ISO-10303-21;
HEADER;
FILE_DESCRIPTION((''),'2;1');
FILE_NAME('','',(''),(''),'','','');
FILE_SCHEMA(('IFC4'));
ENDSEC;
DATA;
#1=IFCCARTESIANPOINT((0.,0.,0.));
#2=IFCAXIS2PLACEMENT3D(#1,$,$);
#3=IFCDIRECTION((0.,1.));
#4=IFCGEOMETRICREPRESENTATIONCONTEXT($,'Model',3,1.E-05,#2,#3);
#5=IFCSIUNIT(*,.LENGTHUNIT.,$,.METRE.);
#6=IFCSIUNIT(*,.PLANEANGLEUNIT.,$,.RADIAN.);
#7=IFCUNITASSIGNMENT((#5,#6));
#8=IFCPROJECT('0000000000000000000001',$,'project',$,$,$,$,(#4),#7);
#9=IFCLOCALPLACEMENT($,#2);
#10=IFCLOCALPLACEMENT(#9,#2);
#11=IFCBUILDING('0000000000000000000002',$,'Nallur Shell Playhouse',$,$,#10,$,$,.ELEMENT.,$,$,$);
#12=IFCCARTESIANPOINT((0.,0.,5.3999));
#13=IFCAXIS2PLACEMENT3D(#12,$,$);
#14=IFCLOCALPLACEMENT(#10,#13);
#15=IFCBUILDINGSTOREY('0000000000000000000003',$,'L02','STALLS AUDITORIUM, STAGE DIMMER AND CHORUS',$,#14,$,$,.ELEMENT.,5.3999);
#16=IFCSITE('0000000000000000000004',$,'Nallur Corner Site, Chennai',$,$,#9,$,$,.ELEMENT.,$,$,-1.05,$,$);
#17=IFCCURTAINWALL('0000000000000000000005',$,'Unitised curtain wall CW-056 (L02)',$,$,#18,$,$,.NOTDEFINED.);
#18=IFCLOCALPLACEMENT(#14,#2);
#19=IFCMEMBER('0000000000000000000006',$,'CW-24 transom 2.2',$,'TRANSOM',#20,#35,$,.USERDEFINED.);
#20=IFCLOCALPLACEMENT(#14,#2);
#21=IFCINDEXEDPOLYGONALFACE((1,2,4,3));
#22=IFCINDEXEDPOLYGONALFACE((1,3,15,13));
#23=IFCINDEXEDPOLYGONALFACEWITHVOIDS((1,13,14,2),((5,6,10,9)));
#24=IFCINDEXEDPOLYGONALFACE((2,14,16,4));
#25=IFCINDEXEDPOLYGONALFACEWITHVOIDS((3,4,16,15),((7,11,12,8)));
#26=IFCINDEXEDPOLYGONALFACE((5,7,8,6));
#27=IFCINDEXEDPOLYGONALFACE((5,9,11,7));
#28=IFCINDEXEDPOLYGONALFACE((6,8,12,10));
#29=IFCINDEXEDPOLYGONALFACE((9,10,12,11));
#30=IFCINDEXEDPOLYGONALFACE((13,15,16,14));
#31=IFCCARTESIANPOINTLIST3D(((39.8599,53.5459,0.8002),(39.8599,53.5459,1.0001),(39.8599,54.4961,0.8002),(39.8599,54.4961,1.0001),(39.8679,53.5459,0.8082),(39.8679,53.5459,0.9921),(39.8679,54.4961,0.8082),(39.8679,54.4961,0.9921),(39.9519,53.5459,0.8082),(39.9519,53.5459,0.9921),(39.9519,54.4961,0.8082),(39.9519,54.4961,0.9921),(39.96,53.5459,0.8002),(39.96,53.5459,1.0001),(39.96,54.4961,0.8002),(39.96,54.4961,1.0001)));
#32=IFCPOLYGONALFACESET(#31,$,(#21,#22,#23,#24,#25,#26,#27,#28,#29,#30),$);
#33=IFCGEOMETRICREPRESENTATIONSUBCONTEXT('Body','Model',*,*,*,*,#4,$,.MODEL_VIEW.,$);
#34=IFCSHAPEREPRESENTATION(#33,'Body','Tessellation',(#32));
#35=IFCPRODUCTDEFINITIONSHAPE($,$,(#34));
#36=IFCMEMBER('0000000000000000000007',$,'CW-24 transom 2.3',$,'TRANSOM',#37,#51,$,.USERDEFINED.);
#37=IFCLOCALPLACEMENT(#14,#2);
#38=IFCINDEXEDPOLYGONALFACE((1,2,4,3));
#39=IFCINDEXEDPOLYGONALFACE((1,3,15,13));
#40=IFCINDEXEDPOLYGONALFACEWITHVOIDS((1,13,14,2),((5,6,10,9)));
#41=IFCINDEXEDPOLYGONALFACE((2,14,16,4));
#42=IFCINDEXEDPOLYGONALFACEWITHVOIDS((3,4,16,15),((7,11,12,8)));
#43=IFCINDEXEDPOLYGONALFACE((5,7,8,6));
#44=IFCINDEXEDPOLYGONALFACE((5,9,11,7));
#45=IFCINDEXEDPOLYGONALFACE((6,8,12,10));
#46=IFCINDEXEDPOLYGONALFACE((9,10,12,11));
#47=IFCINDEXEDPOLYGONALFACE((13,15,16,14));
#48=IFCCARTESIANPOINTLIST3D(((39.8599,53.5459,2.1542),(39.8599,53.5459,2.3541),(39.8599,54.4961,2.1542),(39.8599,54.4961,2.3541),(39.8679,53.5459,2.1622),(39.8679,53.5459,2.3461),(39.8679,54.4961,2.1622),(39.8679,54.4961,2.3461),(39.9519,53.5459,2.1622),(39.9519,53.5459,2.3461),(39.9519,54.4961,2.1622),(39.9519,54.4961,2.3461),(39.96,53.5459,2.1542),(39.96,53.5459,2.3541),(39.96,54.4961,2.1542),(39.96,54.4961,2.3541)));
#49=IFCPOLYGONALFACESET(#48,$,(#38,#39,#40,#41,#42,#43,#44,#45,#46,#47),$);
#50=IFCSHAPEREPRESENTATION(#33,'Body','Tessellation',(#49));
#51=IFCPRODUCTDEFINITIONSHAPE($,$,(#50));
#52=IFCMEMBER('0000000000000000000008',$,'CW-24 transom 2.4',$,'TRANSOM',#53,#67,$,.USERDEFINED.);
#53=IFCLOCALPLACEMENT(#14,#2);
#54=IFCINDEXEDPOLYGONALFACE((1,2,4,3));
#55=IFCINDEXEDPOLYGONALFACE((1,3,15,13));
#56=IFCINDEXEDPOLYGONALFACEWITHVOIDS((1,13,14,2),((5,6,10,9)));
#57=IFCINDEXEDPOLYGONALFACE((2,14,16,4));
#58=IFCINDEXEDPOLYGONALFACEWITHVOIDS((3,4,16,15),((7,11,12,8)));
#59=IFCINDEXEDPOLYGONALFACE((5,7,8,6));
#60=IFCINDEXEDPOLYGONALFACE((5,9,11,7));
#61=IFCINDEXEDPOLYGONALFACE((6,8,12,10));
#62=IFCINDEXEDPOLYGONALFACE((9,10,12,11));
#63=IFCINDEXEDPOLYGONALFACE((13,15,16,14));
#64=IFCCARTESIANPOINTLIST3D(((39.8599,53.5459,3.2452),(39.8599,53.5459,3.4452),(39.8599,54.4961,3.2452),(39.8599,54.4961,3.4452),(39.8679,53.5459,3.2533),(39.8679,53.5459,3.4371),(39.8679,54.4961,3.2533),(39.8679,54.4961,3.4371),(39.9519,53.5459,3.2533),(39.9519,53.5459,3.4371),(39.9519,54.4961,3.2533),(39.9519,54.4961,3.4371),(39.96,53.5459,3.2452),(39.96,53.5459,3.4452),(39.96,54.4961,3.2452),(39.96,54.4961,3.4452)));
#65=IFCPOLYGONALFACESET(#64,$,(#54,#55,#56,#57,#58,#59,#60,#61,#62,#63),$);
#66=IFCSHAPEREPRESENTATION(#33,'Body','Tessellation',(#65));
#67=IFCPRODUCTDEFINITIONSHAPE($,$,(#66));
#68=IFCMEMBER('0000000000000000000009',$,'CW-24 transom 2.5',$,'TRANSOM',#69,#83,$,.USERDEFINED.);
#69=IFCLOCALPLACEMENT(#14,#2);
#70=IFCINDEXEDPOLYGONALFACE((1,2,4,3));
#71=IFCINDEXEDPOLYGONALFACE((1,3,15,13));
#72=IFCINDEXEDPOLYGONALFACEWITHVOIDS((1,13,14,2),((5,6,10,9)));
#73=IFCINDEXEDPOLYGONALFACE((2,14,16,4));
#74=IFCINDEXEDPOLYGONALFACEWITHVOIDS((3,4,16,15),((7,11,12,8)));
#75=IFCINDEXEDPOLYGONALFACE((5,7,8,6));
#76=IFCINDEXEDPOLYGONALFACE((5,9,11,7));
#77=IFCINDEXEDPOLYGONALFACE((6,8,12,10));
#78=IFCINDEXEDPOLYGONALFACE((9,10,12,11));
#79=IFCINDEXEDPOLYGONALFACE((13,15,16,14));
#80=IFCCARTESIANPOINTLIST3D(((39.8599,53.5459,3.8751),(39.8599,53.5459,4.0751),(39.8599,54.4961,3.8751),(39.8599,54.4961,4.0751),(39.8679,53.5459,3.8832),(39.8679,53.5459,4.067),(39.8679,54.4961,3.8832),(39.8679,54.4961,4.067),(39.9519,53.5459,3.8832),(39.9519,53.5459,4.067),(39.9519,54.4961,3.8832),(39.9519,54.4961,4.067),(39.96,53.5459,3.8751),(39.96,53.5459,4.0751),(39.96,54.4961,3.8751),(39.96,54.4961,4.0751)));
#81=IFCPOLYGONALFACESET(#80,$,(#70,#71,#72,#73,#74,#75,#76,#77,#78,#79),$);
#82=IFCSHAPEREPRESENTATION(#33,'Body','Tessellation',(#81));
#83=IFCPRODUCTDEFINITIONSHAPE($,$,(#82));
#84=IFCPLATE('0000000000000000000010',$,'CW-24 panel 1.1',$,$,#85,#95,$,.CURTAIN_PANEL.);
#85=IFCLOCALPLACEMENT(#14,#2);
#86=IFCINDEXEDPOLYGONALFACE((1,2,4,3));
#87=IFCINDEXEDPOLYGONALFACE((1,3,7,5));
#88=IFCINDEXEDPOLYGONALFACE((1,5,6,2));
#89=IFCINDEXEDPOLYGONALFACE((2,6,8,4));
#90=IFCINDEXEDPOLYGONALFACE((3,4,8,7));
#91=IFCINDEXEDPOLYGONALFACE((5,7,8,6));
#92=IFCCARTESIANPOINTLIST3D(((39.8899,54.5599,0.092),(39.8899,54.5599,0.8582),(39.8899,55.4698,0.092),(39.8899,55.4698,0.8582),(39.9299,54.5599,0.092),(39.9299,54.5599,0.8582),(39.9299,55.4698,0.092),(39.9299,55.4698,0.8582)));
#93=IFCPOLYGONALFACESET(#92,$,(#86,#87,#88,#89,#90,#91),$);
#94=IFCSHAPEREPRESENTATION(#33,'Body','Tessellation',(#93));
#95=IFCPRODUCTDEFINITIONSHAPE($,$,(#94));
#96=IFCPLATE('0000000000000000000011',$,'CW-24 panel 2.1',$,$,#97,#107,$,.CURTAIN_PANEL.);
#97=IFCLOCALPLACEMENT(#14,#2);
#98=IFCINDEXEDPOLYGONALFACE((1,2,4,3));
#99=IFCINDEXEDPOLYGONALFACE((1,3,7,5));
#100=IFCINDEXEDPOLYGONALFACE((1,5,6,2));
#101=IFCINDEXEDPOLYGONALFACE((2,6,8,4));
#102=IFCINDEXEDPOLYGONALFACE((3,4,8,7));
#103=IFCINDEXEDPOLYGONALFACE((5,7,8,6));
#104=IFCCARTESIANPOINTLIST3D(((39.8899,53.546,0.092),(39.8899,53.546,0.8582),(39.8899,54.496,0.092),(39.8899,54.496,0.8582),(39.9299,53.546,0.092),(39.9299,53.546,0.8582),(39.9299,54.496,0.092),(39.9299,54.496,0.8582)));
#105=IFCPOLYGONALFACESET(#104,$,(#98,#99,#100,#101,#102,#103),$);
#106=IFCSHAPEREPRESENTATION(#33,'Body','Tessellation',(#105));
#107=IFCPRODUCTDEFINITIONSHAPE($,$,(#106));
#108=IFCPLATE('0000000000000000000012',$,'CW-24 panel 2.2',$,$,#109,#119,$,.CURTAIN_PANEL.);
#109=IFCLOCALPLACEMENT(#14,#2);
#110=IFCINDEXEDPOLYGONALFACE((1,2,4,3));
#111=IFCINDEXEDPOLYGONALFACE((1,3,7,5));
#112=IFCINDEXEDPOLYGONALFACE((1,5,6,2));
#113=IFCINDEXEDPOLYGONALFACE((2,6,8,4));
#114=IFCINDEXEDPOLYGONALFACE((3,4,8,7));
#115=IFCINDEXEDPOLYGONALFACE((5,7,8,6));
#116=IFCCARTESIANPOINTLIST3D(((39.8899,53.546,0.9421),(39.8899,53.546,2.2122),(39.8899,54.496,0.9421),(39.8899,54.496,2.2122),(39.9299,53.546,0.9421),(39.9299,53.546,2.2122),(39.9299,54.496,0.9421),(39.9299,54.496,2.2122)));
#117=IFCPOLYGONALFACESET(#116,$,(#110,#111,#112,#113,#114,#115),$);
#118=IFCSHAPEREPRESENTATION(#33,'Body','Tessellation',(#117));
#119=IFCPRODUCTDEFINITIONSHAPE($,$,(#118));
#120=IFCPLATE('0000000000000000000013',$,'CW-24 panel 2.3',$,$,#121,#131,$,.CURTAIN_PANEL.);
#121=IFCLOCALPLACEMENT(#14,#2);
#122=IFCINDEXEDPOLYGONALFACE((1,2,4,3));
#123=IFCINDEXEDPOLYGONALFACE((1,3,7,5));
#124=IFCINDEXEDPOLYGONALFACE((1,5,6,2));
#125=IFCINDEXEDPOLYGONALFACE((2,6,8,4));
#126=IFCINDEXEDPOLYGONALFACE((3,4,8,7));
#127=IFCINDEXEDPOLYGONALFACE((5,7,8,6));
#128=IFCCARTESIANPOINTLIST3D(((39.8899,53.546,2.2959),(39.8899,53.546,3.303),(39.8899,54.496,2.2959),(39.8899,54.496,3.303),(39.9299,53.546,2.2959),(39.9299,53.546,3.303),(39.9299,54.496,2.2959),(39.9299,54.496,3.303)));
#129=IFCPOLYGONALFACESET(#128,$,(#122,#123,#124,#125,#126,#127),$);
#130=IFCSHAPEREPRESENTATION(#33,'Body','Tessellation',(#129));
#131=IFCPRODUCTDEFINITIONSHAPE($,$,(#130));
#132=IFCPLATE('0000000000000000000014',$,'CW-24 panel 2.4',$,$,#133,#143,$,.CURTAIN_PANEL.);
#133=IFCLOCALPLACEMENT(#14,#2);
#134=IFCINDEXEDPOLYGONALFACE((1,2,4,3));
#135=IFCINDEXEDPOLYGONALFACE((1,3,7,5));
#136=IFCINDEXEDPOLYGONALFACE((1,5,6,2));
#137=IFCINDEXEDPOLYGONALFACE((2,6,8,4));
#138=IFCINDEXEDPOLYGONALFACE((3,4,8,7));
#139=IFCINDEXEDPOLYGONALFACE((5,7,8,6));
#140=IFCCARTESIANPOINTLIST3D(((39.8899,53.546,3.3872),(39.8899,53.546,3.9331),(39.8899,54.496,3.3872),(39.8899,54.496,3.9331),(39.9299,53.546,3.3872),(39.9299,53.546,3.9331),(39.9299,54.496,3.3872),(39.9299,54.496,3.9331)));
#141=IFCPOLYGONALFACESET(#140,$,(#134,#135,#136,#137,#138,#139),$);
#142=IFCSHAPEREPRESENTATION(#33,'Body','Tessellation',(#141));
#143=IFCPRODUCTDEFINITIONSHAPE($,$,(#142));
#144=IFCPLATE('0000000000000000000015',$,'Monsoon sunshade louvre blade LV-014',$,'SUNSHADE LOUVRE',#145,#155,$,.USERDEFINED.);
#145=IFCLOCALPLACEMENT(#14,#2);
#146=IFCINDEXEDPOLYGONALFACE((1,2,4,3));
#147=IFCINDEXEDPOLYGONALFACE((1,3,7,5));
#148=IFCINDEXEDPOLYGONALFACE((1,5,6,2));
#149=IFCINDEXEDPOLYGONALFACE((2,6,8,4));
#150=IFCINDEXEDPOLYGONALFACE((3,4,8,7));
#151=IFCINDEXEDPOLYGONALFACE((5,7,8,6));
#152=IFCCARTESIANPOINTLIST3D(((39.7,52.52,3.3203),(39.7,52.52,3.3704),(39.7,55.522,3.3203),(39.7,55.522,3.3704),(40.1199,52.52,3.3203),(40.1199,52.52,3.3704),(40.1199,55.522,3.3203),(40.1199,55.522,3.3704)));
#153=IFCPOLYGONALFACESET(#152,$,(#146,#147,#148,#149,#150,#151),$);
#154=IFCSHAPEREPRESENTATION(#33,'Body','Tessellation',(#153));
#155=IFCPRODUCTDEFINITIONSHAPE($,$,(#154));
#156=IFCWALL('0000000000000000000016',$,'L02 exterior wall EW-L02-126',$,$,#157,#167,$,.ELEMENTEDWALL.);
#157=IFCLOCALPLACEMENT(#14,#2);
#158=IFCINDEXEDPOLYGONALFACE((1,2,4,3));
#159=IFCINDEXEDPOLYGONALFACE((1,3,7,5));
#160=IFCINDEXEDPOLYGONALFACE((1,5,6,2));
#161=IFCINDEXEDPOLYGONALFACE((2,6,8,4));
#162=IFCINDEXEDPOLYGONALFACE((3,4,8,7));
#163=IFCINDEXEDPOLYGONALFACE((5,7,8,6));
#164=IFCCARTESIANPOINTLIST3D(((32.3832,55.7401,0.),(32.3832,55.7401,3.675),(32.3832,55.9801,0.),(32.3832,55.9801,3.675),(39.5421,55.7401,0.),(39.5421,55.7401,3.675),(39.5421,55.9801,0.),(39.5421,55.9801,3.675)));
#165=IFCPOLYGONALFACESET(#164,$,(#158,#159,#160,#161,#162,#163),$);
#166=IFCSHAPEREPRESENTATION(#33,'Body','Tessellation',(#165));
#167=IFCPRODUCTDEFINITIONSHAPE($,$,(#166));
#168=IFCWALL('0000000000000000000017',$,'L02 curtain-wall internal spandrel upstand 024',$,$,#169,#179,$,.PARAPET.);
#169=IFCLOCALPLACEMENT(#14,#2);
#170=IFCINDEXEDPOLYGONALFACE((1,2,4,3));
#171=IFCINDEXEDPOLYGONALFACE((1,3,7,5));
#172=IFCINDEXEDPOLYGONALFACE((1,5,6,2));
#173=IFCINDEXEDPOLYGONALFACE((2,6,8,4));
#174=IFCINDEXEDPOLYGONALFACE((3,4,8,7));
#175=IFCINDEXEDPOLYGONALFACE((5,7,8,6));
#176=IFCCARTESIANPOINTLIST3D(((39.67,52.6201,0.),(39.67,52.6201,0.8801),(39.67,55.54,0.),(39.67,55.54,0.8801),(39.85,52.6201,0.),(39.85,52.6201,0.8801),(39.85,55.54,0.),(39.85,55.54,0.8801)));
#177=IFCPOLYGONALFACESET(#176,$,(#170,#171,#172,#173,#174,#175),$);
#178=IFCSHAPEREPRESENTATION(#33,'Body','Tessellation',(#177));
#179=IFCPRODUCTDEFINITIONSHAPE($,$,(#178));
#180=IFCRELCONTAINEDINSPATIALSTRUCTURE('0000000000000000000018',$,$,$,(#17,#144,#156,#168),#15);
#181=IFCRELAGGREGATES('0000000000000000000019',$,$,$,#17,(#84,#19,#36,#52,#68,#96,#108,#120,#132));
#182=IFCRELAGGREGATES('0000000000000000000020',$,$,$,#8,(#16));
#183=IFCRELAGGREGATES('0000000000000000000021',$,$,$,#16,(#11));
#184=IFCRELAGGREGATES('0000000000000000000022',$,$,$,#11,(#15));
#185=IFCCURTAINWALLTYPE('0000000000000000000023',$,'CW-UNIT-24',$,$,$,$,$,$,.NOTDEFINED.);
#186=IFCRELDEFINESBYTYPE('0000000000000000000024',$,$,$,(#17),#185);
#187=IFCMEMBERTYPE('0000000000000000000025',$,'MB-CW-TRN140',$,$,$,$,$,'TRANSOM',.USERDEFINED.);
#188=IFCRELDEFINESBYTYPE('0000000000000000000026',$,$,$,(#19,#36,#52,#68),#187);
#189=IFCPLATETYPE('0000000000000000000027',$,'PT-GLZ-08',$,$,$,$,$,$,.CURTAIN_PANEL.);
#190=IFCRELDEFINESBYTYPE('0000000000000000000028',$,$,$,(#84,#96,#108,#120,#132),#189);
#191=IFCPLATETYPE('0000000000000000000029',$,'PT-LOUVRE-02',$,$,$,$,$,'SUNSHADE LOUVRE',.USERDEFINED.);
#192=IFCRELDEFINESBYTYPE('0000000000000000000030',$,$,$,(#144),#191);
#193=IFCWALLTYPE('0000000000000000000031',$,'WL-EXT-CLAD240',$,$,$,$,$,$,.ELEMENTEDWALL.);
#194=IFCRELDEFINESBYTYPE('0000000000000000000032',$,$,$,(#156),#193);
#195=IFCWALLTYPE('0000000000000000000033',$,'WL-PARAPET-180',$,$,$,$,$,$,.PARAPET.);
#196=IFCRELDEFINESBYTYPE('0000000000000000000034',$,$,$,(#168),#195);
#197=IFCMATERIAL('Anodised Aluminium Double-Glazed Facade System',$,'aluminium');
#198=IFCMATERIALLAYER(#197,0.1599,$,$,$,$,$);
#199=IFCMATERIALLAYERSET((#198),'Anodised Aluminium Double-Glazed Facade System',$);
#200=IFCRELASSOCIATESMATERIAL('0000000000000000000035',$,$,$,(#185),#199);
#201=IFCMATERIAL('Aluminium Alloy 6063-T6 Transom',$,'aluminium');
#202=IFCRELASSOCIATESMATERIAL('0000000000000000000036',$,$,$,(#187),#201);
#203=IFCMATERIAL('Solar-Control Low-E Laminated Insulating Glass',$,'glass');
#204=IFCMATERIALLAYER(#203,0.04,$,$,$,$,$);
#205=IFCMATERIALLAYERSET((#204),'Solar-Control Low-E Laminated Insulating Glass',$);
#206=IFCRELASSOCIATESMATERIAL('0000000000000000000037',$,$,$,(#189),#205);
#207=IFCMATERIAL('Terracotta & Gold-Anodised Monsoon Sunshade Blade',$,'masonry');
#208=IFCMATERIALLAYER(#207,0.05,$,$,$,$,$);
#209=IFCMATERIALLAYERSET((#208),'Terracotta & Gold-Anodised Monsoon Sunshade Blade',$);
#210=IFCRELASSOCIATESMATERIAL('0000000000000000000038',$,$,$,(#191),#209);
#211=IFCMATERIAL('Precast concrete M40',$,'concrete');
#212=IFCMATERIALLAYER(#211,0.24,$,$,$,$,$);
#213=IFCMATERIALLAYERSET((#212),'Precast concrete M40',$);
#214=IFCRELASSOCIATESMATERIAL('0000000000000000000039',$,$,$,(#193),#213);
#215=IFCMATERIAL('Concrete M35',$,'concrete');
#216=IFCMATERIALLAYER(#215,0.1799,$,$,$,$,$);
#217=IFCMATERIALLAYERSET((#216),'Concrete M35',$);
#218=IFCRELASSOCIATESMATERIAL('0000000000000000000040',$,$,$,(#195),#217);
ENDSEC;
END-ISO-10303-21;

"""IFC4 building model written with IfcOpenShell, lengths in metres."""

from ifc_helpers import new_model, si_unit, direction, frame, frame_2d, origin, origin_2d, place, context, subcontext, project, spatial, rectangle, hollow_rectangle, extrude, material, layer, layer_set, material_profile, profile_set, type_object, element, aggregate, save


model = new_model("IFC4")

# Units and contexts
model_context = context("Model", 3, precision=1e-05, world=origin(), true_north=direction((0.0, 1.0)))
body_context = subcontext(model_context, "Body", "Model", "MODEL_VIEW")
ifc_project = project(units=[si_unit("LENGTHUNIT", "METRE"), si_unit("PLANEANGLEUNIT", "RADIAN")], contexts=[model_context])

# Site, building, storey
site_placement = place(None, origin())
site = spatial("IfcSite", under=ifc_project, at=site_placement, Name="Nallur Corner Site, Chennai", CompositionType="ELEMENT", RefElevation=-1.05)
building_placement = place(site_placement, origin())
building = spatial("IfcBuilding", under=site, at=building_placement, Name="Nallur Shell Playhouse", CompositionType="ELEMENT")
storey_placement = place(building_placement, frame((0.0, 0.0, 5.3999)))
storey = spatial("IfcBuildingStorey", under=building, at=storey_placement, Name="L02", Description="STALLS AUDITORIUM, STAGE DIMMER AND CHORUS", CompositionType="ELEMENT", Elevation=5.3999)

# Shared definitions
ifc_material_1 = material(Name="Concrete M35", Category="concrete")

# Curtain wall, members, plates
ifc_material_2 = material(Name="Anodised Aluminium Double-Glazed Facade System", Category="aluminium")
ifc_layer_1 = layer(ifc_material_2, 0.1599)
ifc_layer_set_1 = layer_set([ifc_layer_1], Name="Anodised Aluminium Double-Glazed Facade System")
curtain_wall_type = type_object("IfcCurtainWallType", Name="CW-UNIT-24", PredefinedType="NOTDEFINED", material=ifc_layer_set_1)
curtain_wall_placement = place(storey_placement, origin())
curtain_wall = element("IfcCurtainWall", 1, at=curtain_wall_placement, inside=storey, type_object=curtain_wall_type, Name="Unitised curtain wall CW-056 (L02)", PredefinedType="NOTDEFINED")
ifc_material_3 = material(Name="Aluminium Alloy 6063-T6 Transom", Category="aluminium")
ifc_material_profile_1 = material_profile(ifc_material_3, hollow_rectangle(XDim=0.1001, YDim=0.2, WallThickness=0.0081, at=origin_2d()), Name="RHS 200x100x8")
ifc_profile_set_1 = profile_set([ifc_material_profile_1], Name="Aluminium Alloy 6063-T6 Transom")
member_type_1 = type_object("IfcMemberType", Name="MB-CW-TRN140", ElementType="TRANSOM", PredefinedType="USERDEFINED", material=ifc_profile_set_1)
member_1_placement = place(storey_placement, frame((39.9099, 54.4961, 0.9001), z_axis=(0.0, -1.0, 0.0), x_axis=(1.0, 0.0, 0.0)))
member_1 = element("IfcMember", 2, at=member_1_placement, type_object=member_type_1, Name="CW-24 transom 2.2", ObjectType="TRANSOM", PredefinedType="USERDEFINED", context=body_context, shape_type="SweptSolid", body=[
    extrude(hollow_rectangle(XDim=0.1001, YDim=0.2, WallThickness=0.0081, at=origin_2d()), origin(), (0.0, 0.0, 1.0), 0.9502),
])
member_2_placement = place(storey_placement, frame((39.9099, 54.4961, 2.2542), z_axis=(0.0, -1.0, 0.0), x_axis=(1.0, 0.0, 0.0)))
member_2 = element("IfcMember", 3, at=member_2_placement, type_object=member_type_1, Name="CW-24 transom 2.3", ObjectType="TRANSOM", PredefinedType="USERDEFINED", context=body_context, shape_type="SweptSolid", body=[
    extrude(hollow_rectangle(XDim=0.1001, YDim=0.2, WallThickness=0.0081, at=origin_2d()), origin(), (0.0, 0.0, 1.0), 0.9502),
])
member_3_placement = place(storey_placement, frame((39.9099, 54.4961, 3.3452), z_axis=(0.0, -1.0, 0.0), x_axis=(1.0, 0.0, 0.0)))
member_3 = element("IfcMember", 4, at=member_3_placement, type_object=member_type_1, Name="CW-24 transom 2.4", ObjectType="TRANSOM", PredefinedType="USERDEFINED", context=body_context, shape_type="SweptSolid", body=[
    extrude(hollow_rectangle(XDim=0.1001, YDim=0.2, WallThickness=0.0081, at=origin_2d()), origin(), (0.0, 0.0, 1.0), 0.9502),
])
member_4_placement = place(storey_placement, frame((39.9099, 54.4961, 3.9751), z_axis=(0.0, -1.0, 0.0), x_axis=(1.0, 0.0, 0.0)))
member_4 = element("IfcMember", 5, at=member_4_placement, type_object=member_type_1, Name="CW-24 transom 2.5", ObjectType="TRANSOM", PredefinedType="USERDEFINED", context=body_context, shape_type="SweptSolid", body=[
    extrude(hollow_rectangle(XDim=0.1001, YDim=0.2, WallThickness=0.0081, at=origin_2d()), origin(), (0.0, 0.0, 1.0), 0.9502),
])
ifc_material_4 = material(Name="Solar-Control Low-E Laminated Insulating Glass", Category="glass")
ifc_layer_2 = layer(ifc_material_4, 0.04)
ifc_layer_set_2 = layer_set([ifc_layer_2], Name="Solar-Control Low-E Laminated Insulating Glass")
plate_type_1 = type_object("IfcPlateType", Name="PT-GLZ-08", PredefinedType="CURTAIN_PANEL", material=ifc_layer_set_2)
plate_1_placement = place(storey_placement, frame((39.9099, 55.0149, 0.092), z_axis=(0.0, 0.0, 1.0), x_axis=(0.0, -1.0, 0.0)))
plate_1 = element("IfcPlate", 6, at=plate_1_placement, type_object=plate_type_1, Name="CW-24 panel 1.1", PredefinedType="CURTAIN_PANEL", context=body_context, shape_type="SweptSolid", body=[
    extrude(rectangle(XDim=0.9099, YDim=0.04, at=origin_2d()), origin(), (0.0, 0.0, 1.0), 0.7661),
])
plate_2_placement = place(storey_placement, frame((39.9099, 54.021, 0.092), z_axis=(0.0, 0.0, 1.0), x_axis=(0.0, -1.0, 0.0)))
plate_2 = element("IfcPlate", 7, at=plate_2_placement, type_object=plate_type_1, Name="CW-24 panel 2.1", PredefinedType="CURTAIN_PANEL", context=body_context, shape_type="SweptSolid", body=[
    extrude(rectangle(XDim=0.95, YDim=0.04, at=origin_2d()), origin(), (0.0, 0.0, 1.0), 0.7661),
])
plate_3_placement = place(storey_placement, frame((39.9099, 54.021, 0.9421), z_axis=(0.0, 0.0, 1.0), x_axis=(0.0, -1.0, 0.0)))
plate_3 = element("IfcPlate", 8, at=plate_3_placement, type_object=plate_type_1, Name="CW-24 panel 2.2", PredefinedType="CURTAIN_PANEL", context=body_context, shape_type="SweptSolid", body=[
    extrude(rectangle(XDim=0.95, YDim=0.04, at=origin_2d()), origin(), (0.0, 0.0, 1.0), 1.27),
])
plate_4_placement = place(storey_placement, frame((39.9099, 54.021, 2.2959), z_axis=(0.0, 0.0, 1.0), x_axis=(0.0, -1.0, 0.0)))
plate_4 = element("IfcPlate", 9, at=plate_4_placement, type_object=plate_type_1, Name="CW-24 panel 2.3", PredefinedType="CURTAIN_PANEL", context=body_context, shape_type="SweptSolid", body=[
    extrude(rectangle(XDim=0.95, YDim=0.04, at=origin_2d()), origin(), (0.0, 0.0, 1.0), 1.0071),
])
plate_5_placement = place(storey_placement, frame((39.9099, 54.021, 3.3872), z_axis=(0.0, 0.0, 1.0), x_axis=(0.0, -1.0, 0.0)))
plate_5 = element("IfcPlate", 10, at=plate_5_placement, type_object=plate_type_1, Name="CW-24 panel 2.4", PredefinedType="CURTAIN_PANEL", context=body_context, shape_type="SweptSolid", body=[
    extrude(rectangle(XDim=0.95, YDim=0.04, at=origin_2d()), origin(), (0.0, 0.0, 1.0), 0.5459),
])
aggregate(curtain_wall, [plate_1, member_1, member_2, member_3, member_4, plate_2, plate_3, plate_4, plate_5])

# Plate
ifc_material_5 = material(Name="Terracotta & Gold-Anodised Monsoon Sunshade Blade", Category="masonry")
ifc_layer_3 = layer(ifc_material_5, 0.05)
ifc_layer_set_3 = layer_set([ifc_layer_3], Name="Terracotta & Gold-Anodised Monsoon Sunshade Blade")
plate_type_2 = type_object("IfcPlateType", Name="PT-LOUVRE-02", ElementType="SUNSHADE LOUVRE", PredefinedType="USERDEFINED", material=ifc_layer_set_3)
plate_6_placement = place(storey_placement, frame((39.9099, 54.021, 3.3203), z_axis=(0.0, 0.0, 1.0), x_axis=(0.0, -1.0, 0.0)))
element("IfcPlate", 11, at=plate_6_placement, inside=storey, type_object=plate_type_2, Name="Monsoon sunshade louvre blade LV-014", ObjectType="SUNSHADE LOUVRE", PredefinedType="USERDEFINED", context=body_context, shape_type="SweptSolid", body=[
    extrude(rectangle(XDim=3.002, YDim=0.4199, at=origin_2d()), origin(), (0.0, 0.0, 1.0), 0.05),
])

# Walls
ifc_material_6 = material(Name="Precast concrete M40", Category="concrete")
ifc_layer_4 = layer(ifc_material_6, 0.24)
ifc_layer_set_4 = layer_set([ifc_layer_4], Name="Precast concrete M40")
wall_type_1 = type_object("IfcWallType", Name="WL-EXT-CLAD240", PredefinedType="ELEMENTEDWALL", material=ifc_layer_set_4)
wall_1_placement = place(storey_placement, frame((32.3831, 55.8601, 0.0), z_axis=(0.0, 0.0, 1.0), x_axis=(1.0, 0.0, 0.0)))
element("IfcWall", 12, at=wall_1_placement, inside=storey, type_object=wall_type_1, Name="L02 exterior wall EW-L02-126", PredefinedType="ELEMENTEDWALL", context=body_context, shape_type="SweptSolid", body=[
    extrude(rectangle(XDim=7.1589, YDim=0.24, at=frame_2d((3.5796, 0.0))), origin(), (0.0, 0.0, 1.0), 3.675),
])
ifc_layer_5 = layer(ifc_material_1, 0.1799)
ifc_layer_set_5 = layer_set([ifc_layer_5], Name="Concrete M35")
wall_type_2 = type_object("IfcWallType", Name="WL-PARAPET-180", PredefinedType="PARAPET", material=ifc_layer_set_5)
wall_2_placement = place(storey_placement, frame((39.76, 55.54, 0.0), z_axis=(0.0, 0.0, 1.0), x_axis=(0.0, -1.0, 0.0)))
element("IfcWall", 13, at=wall_2_placement, inside=storey, type_object=wall_type_2, Name="L02 curtain-wall internal spandrel upstand 024", PredefinedType="PARAPET", context=body_context, shape_type="SweptSolid", body=[
    extrude(rectangle(XDim=2.9199, YDim=0.1799, at=frame_2d((1.46, 0.0))), origin(), (0.0, 0.0, 1.0), 0.8801),
])

save(model, "model.ifc")
